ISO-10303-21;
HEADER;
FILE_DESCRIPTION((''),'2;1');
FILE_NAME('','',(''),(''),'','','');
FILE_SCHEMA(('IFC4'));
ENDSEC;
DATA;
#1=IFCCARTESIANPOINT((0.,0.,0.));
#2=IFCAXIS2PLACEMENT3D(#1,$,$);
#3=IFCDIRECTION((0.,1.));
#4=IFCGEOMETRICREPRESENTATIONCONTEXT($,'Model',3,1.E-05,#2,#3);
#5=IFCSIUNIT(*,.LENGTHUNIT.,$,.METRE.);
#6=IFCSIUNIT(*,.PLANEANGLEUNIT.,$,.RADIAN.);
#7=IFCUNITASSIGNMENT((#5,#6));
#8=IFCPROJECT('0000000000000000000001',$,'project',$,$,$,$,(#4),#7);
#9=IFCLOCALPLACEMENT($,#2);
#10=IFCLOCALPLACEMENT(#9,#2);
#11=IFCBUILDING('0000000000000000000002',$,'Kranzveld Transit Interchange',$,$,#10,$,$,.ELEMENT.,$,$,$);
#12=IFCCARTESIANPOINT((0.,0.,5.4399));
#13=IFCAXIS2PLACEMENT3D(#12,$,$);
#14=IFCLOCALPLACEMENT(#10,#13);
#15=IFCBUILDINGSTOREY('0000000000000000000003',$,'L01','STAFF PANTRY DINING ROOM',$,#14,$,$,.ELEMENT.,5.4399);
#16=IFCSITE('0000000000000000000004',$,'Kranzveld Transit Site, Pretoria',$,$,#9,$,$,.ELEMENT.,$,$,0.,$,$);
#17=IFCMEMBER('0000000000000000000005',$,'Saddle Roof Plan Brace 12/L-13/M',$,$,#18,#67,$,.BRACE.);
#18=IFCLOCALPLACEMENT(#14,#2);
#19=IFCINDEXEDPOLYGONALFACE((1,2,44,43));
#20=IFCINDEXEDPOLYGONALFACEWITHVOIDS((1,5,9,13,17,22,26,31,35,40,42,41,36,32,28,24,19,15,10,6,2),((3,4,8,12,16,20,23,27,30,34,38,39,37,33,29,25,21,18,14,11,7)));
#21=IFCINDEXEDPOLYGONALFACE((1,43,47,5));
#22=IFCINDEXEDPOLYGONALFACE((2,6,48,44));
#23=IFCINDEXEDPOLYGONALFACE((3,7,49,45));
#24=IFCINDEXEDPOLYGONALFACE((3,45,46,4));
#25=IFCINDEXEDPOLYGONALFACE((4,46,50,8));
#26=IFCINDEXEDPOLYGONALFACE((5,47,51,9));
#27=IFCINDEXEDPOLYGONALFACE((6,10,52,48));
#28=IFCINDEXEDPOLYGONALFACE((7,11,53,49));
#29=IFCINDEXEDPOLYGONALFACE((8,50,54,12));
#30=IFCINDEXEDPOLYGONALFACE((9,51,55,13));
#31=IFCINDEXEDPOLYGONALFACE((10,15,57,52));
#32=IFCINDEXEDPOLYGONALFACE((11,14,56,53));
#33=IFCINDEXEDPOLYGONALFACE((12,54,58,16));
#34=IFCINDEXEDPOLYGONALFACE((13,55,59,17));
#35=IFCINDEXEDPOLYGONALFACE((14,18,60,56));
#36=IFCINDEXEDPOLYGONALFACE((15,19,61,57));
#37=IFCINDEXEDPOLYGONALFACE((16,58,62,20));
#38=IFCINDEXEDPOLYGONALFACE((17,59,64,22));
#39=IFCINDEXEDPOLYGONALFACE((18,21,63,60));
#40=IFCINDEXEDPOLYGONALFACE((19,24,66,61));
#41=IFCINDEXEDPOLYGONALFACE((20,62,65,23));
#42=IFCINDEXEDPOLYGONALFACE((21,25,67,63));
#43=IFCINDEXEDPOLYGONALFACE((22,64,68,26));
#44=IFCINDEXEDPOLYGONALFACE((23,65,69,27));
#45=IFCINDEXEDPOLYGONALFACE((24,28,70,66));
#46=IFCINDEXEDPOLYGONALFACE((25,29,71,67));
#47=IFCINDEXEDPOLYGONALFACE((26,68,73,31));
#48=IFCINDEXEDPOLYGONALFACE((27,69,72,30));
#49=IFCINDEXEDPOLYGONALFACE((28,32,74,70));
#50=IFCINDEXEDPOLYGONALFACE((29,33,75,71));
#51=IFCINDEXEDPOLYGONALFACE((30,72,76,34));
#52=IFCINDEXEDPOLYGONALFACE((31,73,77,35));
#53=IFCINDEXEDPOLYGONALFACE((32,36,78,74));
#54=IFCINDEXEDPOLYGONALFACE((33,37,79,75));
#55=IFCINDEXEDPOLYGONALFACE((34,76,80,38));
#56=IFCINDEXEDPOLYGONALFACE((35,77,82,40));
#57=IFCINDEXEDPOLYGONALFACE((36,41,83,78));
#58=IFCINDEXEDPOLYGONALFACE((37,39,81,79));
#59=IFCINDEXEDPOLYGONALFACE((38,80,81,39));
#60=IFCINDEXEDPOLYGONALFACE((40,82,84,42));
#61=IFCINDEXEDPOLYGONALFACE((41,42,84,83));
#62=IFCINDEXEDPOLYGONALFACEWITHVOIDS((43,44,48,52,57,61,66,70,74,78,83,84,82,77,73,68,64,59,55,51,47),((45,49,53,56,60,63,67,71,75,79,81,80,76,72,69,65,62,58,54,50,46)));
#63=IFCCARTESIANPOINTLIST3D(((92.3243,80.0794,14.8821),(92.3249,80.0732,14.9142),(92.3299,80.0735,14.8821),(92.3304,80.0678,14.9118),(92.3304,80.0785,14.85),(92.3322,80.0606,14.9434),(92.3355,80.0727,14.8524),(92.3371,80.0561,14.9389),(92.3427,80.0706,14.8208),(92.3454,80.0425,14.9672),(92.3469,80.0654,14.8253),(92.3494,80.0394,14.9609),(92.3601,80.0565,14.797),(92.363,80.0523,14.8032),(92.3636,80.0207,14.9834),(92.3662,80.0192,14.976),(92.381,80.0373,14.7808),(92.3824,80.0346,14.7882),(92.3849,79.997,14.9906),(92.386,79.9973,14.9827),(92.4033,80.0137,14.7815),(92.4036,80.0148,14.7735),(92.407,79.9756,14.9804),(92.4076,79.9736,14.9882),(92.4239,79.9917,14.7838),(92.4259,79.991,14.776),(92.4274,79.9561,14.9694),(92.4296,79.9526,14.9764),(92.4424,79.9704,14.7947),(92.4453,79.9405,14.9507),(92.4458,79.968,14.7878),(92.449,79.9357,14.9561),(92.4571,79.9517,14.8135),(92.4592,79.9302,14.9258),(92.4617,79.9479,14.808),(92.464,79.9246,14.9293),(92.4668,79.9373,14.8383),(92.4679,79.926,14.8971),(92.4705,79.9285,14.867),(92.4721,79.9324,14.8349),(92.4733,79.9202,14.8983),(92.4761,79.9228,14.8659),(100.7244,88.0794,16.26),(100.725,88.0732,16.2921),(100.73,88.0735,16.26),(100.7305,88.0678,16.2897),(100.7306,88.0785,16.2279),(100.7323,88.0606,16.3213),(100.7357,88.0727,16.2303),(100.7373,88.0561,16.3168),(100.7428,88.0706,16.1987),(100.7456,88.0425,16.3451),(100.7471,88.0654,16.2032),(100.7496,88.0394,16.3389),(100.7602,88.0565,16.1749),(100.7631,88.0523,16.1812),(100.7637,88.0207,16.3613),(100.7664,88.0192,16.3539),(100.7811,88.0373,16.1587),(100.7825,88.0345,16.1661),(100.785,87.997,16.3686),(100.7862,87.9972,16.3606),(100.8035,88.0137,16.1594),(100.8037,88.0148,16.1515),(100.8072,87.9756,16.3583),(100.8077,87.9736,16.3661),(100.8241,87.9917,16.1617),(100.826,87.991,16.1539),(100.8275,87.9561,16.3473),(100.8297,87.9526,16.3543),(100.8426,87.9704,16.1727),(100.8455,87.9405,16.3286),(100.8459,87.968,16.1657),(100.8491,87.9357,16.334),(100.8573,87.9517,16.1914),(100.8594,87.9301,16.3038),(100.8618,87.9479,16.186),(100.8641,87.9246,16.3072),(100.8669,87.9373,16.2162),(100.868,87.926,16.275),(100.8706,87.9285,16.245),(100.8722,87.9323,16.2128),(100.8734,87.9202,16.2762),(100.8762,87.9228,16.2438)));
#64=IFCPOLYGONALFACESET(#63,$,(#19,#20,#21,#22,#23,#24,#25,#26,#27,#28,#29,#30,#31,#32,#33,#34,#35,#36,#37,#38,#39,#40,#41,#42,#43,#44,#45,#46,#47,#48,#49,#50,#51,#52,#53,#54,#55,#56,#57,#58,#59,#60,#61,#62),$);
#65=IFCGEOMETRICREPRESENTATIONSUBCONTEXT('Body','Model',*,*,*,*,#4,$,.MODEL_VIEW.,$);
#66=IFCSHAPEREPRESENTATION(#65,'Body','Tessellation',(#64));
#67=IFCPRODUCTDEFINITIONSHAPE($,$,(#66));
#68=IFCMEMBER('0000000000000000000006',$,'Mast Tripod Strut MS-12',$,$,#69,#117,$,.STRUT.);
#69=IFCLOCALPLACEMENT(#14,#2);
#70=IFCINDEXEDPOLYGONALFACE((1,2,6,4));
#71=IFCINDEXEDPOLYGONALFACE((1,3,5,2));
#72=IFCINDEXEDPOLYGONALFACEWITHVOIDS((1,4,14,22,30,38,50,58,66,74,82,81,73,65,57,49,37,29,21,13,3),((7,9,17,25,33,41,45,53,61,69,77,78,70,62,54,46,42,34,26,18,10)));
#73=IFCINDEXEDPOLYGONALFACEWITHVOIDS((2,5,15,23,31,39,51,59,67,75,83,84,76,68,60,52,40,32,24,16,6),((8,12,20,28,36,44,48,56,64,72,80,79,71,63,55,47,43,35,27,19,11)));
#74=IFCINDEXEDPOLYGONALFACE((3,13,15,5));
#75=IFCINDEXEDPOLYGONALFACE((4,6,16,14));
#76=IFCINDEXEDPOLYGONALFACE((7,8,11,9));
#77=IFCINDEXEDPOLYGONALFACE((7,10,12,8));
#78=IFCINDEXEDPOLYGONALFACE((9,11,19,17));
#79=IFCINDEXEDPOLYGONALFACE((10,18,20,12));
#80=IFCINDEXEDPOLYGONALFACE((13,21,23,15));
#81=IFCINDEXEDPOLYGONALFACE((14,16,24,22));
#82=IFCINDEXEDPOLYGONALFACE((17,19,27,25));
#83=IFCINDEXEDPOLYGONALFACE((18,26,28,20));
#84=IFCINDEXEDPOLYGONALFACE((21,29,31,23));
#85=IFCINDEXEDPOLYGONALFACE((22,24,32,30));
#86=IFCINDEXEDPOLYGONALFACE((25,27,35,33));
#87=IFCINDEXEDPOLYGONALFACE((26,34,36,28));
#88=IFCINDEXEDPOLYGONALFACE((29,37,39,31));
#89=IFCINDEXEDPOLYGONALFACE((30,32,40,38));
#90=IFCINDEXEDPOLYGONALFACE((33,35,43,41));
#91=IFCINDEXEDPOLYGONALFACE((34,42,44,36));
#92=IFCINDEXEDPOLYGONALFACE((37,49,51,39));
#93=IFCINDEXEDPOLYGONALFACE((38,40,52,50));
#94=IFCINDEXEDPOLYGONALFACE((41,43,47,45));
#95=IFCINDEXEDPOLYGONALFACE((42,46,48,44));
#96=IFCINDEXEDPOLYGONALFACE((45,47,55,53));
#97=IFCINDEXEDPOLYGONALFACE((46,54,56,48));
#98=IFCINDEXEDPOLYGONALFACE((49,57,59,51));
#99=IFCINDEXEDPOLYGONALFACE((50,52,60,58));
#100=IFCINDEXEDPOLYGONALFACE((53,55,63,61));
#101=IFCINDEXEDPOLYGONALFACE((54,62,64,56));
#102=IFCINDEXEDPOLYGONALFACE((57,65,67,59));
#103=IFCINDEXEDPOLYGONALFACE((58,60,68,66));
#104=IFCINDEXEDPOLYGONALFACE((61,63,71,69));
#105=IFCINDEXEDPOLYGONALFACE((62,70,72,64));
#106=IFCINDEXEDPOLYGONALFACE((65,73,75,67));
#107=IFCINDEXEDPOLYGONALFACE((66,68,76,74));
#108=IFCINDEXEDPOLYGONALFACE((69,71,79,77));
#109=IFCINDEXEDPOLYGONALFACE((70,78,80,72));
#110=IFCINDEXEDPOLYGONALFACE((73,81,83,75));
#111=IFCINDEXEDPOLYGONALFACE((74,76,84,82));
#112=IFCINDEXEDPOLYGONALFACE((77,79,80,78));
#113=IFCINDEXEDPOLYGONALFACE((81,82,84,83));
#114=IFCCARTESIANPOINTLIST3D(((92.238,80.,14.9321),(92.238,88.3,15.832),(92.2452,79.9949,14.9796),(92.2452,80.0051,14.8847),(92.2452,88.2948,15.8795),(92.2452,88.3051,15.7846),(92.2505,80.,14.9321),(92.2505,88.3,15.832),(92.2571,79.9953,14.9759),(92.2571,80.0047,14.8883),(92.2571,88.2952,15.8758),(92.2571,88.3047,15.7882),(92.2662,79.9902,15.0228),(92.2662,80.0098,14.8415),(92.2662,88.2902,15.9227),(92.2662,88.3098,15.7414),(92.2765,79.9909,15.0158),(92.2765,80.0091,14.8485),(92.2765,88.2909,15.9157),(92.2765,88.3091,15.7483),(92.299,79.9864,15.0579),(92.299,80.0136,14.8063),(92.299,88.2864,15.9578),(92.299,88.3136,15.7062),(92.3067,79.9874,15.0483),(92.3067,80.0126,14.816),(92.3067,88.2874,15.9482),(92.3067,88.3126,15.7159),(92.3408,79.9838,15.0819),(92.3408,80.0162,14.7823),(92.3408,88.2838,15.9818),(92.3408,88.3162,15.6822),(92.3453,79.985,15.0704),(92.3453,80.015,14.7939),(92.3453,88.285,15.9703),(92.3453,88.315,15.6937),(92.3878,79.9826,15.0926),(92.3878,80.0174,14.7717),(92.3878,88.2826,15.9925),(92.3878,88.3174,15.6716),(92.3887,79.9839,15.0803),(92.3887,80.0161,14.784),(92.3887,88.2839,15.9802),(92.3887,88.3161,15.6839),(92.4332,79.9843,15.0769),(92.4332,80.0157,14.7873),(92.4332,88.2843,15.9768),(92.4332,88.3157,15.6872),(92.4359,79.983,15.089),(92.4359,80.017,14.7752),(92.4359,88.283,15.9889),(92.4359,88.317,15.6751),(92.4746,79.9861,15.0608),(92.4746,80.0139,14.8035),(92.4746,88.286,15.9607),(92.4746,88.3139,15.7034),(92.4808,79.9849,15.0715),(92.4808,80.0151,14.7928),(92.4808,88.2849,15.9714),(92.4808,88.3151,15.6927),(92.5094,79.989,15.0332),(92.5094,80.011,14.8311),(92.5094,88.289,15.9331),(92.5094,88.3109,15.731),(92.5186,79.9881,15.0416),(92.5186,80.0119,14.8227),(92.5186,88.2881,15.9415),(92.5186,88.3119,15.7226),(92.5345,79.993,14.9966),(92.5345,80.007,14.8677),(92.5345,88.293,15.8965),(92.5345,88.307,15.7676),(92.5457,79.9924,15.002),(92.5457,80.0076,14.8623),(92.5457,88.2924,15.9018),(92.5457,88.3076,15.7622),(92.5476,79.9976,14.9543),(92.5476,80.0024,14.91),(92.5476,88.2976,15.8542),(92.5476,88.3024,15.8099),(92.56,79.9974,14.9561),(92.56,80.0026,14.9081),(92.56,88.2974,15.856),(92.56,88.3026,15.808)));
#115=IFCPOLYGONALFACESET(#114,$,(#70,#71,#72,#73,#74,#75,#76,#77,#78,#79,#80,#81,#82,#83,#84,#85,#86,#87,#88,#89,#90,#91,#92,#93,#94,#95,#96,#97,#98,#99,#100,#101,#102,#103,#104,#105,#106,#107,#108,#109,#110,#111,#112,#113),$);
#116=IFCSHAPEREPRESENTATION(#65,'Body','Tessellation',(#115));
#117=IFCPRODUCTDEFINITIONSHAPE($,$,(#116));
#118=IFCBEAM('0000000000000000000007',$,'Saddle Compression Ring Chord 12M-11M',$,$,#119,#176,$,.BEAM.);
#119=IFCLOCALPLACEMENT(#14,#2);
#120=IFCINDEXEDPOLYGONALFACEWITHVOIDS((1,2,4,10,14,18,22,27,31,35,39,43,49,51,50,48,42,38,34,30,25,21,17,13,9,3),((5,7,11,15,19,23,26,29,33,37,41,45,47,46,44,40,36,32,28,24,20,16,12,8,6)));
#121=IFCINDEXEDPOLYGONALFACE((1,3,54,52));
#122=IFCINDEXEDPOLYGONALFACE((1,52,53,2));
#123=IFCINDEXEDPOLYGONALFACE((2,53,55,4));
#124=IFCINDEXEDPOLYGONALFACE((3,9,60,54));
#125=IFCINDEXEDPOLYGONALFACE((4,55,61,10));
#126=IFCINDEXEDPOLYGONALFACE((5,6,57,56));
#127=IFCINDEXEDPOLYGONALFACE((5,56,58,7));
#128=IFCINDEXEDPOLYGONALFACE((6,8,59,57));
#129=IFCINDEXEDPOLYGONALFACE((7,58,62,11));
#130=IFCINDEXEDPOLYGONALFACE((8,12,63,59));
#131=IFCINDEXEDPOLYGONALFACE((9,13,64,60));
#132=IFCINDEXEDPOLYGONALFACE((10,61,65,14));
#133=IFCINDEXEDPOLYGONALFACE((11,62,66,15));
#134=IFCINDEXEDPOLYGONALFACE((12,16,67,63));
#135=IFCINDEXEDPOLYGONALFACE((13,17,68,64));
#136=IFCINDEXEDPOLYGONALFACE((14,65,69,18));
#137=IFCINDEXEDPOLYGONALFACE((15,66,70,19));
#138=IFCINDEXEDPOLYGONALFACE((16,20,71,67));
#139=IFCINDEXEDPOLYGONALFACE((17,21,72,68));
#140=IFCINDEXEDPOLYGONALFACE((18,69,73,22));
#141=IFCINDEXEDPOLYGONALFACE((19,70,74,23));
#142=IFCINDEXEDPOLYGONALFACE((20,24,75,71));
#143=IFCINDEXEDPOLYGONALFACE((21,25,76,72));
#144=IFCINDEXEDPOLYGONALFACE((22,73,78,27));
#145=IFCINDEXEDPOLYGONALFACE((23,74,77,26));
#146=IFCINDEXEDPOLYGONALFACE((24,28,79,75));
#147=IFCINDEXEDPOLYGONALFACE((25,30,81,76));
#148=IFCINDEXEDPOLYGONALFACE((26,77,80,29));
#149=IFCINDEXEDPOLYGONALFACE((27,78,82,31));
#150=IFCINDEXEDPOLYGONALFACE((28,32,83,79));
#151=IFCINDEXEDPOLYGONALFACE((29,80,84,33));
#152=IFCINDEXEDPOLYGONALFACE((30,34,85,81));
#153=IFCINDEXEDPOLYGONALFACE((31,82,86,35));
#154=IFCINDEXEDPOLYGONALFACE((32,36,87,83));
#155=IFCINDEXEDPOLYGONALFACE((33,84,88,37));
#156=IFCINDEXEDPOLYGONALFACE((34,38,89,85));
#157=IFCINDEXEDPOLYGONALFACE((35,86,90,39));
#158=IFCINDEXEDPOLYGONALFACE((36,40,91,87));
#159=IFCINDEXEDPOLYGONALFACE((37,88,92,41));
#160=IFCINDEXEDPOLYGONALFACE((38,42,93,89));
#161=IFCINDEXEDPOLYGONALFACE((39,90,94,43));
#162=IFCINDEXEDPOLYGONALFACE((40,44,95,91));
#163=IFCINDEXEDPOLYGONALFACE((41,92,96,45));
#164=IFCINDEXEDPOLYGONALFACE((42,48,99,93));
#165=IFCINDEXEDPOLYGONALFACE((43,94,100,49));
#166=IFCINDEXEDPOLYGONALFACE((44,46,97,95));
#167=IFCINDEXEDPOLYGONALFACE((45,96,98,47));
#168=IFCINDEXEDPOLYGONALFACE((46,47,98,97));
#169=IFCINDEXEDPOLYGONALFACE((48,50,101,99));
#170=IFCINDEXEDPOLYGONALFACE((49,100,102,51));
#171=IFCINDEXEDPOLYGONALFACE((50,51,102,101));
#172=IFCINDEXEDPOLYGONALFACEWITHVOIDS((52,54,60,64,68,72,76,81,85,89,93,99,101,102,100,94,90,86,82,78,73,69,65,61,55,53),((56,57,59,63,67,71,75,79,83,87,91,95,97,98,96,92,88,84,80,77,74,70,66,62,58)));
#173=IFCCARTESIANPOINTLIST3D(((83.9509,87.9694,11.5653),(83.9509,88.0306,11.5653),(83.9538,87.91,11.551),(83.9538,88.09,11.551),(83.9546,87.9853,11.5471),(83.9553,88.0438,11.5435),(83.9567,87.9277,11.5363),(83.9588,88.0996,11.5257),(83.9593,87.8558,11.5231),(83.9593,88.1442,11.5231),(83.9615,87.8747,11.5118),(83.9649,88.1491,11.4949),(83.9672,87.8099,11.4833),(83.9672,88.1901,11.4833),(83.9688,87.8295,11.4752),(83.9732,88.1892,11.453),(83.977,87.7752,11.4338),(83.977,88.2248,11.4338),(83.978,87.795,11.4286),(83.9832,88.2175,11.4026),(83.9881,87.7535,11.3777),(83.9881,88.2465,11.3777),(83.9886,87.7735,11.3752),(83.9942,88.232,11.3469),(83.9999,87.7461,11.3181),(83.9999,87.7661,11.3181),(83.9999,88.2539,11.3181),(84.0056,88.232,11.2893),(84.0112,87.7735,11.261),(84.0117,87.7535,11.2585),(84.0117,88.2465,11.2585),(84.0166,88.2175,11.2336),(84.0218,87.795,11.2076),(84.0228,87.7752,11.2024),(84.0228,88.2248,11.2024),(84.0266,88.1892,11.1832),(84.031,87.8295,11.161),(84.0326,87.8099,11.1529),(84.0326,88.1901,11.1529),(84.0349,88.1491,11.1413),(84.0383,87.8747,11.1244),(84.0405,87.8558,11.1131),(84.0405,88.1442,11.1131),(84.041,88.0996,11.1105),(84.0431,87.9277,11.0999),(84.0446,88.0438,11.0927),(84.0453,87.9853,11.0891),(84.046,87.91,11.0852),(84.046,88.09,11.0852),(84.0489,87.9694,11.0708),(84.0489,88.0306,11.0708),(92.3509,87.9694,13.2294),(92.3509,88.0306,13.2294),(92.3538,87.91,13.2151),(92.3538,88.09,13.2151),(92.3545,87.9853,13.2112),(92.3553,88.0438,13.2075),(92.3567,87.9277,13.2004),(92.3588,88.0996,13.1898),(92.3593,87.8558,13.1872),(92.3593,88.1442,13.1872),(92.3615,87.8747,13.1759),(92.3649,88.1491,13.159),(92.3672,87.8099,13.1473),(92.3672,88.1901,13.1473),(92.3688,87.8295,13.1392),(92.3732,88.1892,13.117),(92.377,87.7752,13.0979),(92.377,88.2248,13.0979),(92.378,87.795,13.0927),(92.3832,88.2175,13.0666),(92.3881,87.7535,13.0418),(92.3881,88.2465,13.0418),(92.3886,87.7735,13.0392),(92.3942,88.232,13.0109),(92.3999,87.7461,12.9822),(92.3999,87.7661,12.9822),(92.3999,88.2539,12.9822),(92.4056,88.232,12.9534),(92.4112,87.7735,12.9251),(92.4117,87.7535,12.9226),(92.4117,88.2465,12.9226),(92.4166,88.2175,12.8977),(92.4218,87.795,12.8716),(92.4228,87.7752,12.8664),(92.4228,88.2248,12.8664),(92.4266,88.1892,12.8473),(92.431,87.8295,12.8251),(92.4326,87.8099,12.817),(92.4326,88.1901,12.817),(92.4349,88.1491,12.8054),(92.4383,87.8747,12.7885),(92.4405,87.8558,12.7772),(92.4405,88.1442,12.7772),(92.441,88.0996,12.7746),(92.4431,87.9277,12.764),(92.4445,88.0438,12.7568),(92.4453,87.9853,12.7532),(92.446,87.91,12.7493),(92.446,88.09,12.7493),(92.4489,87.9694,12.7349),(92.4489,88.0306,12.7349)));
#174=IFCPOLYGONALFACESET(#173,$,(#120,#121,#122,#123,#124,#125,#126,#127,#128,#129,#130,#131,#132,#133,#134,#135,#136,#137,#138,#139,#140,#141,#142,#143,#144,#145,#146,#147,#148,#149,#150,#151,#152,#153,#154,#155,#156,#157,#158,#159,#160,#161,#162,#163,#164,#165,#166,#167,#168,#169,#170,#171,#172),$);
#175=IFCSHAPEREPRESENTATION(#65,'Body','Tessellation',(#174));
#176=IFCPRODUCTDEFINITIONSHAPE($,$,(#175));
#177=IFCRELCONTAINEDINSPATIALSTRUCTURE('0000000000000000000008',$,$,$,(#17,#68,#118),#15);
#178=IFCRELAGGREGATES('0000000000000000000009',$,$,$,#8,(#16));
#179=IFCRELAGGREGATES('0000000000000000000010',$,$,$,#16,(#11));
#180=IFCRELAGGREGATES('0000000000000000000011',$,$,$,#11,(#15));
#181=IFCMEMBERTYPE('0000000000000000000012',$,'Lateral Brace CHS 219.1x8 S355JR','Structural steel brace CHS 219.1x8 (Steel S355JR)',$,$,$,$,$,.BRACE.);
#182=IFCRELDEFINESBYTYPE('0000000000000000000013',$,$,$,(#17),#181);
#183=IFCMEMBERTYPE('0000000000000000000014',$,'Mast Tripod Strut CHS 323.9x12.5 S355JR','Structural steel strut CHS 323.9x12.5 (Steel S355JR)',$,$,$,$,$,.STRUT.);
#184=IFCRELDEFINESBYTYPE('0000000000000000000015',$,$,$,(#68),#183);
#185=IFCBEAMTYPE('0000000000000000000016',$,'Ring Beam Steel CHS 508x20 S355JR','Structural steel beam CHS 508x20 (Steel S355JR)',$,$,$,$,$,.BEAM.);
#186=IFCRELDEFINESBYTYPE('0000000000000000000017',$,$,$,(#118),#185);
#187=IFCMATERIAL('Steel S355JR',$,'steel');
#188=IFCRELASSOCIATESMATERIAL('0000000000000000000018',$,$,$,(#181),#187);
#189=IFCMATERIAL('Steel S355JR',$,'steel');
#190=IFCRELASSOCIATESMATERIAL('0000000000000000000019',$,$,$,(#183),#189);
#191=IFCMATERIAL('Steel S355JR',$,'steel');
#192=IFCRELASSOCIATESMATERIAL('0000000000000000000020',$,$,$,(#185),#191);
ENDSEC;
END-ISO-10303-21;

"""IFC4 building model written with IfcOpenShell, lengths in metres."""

from ifc_helpers import new_model, si_unit, direction, frame, origin, origin_2d, place, context, subcontext, project, spatial, hollow_circle, extrude, material, material_profile, profile_set, type_object, element, save


model = new_model("IFC4")

# Units and contexts
model_context = context("Model", 3, precision=1e-05, world=origin(), true_north=direction((0.0, 1.0)))
body_context = subcontext(model_context, "Body", "Model", "MODEL_VIEW")
ifc_project = project(units=[si_unit("LENGTHUNIT", "METRE"), si_unit("PLANEANGLEUNIT", "RADIAN")], contexts=[model_context])

# Site, building, storey
site_placement = place(None, origin())
site = spatial("IfcSite", under=ifc_project, at=site_placement, Name="Kranzveld Transit Site, Pretoria", CompositionType="ELEMENT", RefElevation=0.0)
building_placement = place(site_placement, origin())
building = spatial("IfcBuilding", under=site, at=building_placement, Name="Kranzveld Transit Interchange", CompositionType="ELEMENT")
storey_placement = place(building_placement, frame((0.0, 0.0, 5.4399)))
storey = spatial("IfcBuildingStorey", under=building, at=storey_placement, Name="L01", Description="STAFF PANTRY DINING ROOM", CompositionType="ELEMENT", Elevation=5.4399)

# Members
ifc_material_1 = material(Name="Steel S355JR", Category="steel")
ifc_material_profile_1 = material_profile(ifc_material_1, hollow_circle(Radius=0.1096, WallThickness=0.0081, at=origin_2d()), Name="CHS 219.1x8")
ifc_profile_set_1 = profile_set([ifc_material_profile_1], Name="Steel S355JR")
member_type_1 = type_object("IfcMemberType", Name="Lateral Brace CHS 219.1x8 S355JR", Description="Structural steel brace CHS 219.1x8 (Steel S355JR)", PredefinedType="BRACE", material=ifc_profile_set_1)
member_1_placement = place(storey_placement, frame((92.3999, 80.0, 14.8821), z_axis=(0.719089, 0.684834, 0.117957), x_axis=(-0.689649, 0.724144, 0.0)))
element("IfcMember", 1, at=member_1_placement, inside=storey, type_object=member_type_1, Name="Saddle Roof Plan Brace 12/L-13/M", PredefinedType="BRACE", context=body_context, shape_type="SweptSolid", body=[
    extrude(hollow_circle(Radius=0.1096, WallThickness=0.0081, at=origin_2d()), origin(), (0.0, 0.0, 1.0), 11.6816),
])
ifc_material_2 = material(Name="Steel S355JR", Category="steel")
ifc_material_profile_2 = material_profile(ifc_material_2, hollow_circle(Radius=0.1619, WallThickness=0.0125, at=origin_2d()), Name="CHS 323.9x12.5")
ifc_profile_set_2 = profile_set([ifc_material_profile_2], Name="Steel S355JR")
member_type_2 = type_object("IfcMemberType", Name="Mast Tripod Strut CHS 323.9x12.5 S355JR", Description="Structural steel strut CHS 323.9x12.5 (Steel S355JR)", PredefinedType="STRUT", material=ifc_profile_set_2)
member_2_placement = place(storey_placement, frame((92.3999, 80.0, 14.9321), z_axis=(0.0, 0.994174, 0.10779), x_axis=(-1.0, 0.0, 0.0)))
element("IfcMember", 2, at=member_2_placement, inside=storey, type_object=member_type_2, Name="Mast Tripod Strut MS-12", PredefinedType="STRUT", context=body_context, shape_type="SweptSolid", body=[
    extrude(hollow_circle(Radius=0.1619, WallThickness=0.0125, at=origin_2d()), origin(), (0.0, 0.0, 1.0), 8.3486),
])

# Beam
ifc_material_3 = material(Name="Steel S355JR", Category="steel")
ifc_material_profile_3 = material_profile(ifc_material_3, hollow_circle(Radius=0.2539, WallThickness=0.02, at=origin_2d()), Name="CHS 508x20")
ifc_profile_set_3 = profile_set([ifc_material_profile_3], Name="Steel S355JR")
beam_type_1 = type_object("IfcBeamType", Name="Ring Beam Steel CHS 508x20 S355JR", Description="Structural steel beam CHS 508x20 (Steel S355JR)", PredefinedType="BEAM", material=ifc_profile_set_3)
beam_1_placement = place(storey_placement, frame((92.3999, 88.0, 12.9822), z_axis=(-0.980937, 0.0, -0.194328), x_axis=(0.0, -1.0, 0.0)))
element("IfcBeam", 3, at=beam_1_placement, inside=storey, type_object=beam_type_1, Name="Saddle Compression Ring Chord 12M-11M", PredefinedType="BEAM", context=body_context, shape_type="SweptSolid", body=[
    extrude(hollow_circle(Radius=0.2539, WallThickness=0.02, at=origin_2d()), origin(), (0.0, 0.0, 1.0), 8.5632),
])

save(model, "model.ifc")
